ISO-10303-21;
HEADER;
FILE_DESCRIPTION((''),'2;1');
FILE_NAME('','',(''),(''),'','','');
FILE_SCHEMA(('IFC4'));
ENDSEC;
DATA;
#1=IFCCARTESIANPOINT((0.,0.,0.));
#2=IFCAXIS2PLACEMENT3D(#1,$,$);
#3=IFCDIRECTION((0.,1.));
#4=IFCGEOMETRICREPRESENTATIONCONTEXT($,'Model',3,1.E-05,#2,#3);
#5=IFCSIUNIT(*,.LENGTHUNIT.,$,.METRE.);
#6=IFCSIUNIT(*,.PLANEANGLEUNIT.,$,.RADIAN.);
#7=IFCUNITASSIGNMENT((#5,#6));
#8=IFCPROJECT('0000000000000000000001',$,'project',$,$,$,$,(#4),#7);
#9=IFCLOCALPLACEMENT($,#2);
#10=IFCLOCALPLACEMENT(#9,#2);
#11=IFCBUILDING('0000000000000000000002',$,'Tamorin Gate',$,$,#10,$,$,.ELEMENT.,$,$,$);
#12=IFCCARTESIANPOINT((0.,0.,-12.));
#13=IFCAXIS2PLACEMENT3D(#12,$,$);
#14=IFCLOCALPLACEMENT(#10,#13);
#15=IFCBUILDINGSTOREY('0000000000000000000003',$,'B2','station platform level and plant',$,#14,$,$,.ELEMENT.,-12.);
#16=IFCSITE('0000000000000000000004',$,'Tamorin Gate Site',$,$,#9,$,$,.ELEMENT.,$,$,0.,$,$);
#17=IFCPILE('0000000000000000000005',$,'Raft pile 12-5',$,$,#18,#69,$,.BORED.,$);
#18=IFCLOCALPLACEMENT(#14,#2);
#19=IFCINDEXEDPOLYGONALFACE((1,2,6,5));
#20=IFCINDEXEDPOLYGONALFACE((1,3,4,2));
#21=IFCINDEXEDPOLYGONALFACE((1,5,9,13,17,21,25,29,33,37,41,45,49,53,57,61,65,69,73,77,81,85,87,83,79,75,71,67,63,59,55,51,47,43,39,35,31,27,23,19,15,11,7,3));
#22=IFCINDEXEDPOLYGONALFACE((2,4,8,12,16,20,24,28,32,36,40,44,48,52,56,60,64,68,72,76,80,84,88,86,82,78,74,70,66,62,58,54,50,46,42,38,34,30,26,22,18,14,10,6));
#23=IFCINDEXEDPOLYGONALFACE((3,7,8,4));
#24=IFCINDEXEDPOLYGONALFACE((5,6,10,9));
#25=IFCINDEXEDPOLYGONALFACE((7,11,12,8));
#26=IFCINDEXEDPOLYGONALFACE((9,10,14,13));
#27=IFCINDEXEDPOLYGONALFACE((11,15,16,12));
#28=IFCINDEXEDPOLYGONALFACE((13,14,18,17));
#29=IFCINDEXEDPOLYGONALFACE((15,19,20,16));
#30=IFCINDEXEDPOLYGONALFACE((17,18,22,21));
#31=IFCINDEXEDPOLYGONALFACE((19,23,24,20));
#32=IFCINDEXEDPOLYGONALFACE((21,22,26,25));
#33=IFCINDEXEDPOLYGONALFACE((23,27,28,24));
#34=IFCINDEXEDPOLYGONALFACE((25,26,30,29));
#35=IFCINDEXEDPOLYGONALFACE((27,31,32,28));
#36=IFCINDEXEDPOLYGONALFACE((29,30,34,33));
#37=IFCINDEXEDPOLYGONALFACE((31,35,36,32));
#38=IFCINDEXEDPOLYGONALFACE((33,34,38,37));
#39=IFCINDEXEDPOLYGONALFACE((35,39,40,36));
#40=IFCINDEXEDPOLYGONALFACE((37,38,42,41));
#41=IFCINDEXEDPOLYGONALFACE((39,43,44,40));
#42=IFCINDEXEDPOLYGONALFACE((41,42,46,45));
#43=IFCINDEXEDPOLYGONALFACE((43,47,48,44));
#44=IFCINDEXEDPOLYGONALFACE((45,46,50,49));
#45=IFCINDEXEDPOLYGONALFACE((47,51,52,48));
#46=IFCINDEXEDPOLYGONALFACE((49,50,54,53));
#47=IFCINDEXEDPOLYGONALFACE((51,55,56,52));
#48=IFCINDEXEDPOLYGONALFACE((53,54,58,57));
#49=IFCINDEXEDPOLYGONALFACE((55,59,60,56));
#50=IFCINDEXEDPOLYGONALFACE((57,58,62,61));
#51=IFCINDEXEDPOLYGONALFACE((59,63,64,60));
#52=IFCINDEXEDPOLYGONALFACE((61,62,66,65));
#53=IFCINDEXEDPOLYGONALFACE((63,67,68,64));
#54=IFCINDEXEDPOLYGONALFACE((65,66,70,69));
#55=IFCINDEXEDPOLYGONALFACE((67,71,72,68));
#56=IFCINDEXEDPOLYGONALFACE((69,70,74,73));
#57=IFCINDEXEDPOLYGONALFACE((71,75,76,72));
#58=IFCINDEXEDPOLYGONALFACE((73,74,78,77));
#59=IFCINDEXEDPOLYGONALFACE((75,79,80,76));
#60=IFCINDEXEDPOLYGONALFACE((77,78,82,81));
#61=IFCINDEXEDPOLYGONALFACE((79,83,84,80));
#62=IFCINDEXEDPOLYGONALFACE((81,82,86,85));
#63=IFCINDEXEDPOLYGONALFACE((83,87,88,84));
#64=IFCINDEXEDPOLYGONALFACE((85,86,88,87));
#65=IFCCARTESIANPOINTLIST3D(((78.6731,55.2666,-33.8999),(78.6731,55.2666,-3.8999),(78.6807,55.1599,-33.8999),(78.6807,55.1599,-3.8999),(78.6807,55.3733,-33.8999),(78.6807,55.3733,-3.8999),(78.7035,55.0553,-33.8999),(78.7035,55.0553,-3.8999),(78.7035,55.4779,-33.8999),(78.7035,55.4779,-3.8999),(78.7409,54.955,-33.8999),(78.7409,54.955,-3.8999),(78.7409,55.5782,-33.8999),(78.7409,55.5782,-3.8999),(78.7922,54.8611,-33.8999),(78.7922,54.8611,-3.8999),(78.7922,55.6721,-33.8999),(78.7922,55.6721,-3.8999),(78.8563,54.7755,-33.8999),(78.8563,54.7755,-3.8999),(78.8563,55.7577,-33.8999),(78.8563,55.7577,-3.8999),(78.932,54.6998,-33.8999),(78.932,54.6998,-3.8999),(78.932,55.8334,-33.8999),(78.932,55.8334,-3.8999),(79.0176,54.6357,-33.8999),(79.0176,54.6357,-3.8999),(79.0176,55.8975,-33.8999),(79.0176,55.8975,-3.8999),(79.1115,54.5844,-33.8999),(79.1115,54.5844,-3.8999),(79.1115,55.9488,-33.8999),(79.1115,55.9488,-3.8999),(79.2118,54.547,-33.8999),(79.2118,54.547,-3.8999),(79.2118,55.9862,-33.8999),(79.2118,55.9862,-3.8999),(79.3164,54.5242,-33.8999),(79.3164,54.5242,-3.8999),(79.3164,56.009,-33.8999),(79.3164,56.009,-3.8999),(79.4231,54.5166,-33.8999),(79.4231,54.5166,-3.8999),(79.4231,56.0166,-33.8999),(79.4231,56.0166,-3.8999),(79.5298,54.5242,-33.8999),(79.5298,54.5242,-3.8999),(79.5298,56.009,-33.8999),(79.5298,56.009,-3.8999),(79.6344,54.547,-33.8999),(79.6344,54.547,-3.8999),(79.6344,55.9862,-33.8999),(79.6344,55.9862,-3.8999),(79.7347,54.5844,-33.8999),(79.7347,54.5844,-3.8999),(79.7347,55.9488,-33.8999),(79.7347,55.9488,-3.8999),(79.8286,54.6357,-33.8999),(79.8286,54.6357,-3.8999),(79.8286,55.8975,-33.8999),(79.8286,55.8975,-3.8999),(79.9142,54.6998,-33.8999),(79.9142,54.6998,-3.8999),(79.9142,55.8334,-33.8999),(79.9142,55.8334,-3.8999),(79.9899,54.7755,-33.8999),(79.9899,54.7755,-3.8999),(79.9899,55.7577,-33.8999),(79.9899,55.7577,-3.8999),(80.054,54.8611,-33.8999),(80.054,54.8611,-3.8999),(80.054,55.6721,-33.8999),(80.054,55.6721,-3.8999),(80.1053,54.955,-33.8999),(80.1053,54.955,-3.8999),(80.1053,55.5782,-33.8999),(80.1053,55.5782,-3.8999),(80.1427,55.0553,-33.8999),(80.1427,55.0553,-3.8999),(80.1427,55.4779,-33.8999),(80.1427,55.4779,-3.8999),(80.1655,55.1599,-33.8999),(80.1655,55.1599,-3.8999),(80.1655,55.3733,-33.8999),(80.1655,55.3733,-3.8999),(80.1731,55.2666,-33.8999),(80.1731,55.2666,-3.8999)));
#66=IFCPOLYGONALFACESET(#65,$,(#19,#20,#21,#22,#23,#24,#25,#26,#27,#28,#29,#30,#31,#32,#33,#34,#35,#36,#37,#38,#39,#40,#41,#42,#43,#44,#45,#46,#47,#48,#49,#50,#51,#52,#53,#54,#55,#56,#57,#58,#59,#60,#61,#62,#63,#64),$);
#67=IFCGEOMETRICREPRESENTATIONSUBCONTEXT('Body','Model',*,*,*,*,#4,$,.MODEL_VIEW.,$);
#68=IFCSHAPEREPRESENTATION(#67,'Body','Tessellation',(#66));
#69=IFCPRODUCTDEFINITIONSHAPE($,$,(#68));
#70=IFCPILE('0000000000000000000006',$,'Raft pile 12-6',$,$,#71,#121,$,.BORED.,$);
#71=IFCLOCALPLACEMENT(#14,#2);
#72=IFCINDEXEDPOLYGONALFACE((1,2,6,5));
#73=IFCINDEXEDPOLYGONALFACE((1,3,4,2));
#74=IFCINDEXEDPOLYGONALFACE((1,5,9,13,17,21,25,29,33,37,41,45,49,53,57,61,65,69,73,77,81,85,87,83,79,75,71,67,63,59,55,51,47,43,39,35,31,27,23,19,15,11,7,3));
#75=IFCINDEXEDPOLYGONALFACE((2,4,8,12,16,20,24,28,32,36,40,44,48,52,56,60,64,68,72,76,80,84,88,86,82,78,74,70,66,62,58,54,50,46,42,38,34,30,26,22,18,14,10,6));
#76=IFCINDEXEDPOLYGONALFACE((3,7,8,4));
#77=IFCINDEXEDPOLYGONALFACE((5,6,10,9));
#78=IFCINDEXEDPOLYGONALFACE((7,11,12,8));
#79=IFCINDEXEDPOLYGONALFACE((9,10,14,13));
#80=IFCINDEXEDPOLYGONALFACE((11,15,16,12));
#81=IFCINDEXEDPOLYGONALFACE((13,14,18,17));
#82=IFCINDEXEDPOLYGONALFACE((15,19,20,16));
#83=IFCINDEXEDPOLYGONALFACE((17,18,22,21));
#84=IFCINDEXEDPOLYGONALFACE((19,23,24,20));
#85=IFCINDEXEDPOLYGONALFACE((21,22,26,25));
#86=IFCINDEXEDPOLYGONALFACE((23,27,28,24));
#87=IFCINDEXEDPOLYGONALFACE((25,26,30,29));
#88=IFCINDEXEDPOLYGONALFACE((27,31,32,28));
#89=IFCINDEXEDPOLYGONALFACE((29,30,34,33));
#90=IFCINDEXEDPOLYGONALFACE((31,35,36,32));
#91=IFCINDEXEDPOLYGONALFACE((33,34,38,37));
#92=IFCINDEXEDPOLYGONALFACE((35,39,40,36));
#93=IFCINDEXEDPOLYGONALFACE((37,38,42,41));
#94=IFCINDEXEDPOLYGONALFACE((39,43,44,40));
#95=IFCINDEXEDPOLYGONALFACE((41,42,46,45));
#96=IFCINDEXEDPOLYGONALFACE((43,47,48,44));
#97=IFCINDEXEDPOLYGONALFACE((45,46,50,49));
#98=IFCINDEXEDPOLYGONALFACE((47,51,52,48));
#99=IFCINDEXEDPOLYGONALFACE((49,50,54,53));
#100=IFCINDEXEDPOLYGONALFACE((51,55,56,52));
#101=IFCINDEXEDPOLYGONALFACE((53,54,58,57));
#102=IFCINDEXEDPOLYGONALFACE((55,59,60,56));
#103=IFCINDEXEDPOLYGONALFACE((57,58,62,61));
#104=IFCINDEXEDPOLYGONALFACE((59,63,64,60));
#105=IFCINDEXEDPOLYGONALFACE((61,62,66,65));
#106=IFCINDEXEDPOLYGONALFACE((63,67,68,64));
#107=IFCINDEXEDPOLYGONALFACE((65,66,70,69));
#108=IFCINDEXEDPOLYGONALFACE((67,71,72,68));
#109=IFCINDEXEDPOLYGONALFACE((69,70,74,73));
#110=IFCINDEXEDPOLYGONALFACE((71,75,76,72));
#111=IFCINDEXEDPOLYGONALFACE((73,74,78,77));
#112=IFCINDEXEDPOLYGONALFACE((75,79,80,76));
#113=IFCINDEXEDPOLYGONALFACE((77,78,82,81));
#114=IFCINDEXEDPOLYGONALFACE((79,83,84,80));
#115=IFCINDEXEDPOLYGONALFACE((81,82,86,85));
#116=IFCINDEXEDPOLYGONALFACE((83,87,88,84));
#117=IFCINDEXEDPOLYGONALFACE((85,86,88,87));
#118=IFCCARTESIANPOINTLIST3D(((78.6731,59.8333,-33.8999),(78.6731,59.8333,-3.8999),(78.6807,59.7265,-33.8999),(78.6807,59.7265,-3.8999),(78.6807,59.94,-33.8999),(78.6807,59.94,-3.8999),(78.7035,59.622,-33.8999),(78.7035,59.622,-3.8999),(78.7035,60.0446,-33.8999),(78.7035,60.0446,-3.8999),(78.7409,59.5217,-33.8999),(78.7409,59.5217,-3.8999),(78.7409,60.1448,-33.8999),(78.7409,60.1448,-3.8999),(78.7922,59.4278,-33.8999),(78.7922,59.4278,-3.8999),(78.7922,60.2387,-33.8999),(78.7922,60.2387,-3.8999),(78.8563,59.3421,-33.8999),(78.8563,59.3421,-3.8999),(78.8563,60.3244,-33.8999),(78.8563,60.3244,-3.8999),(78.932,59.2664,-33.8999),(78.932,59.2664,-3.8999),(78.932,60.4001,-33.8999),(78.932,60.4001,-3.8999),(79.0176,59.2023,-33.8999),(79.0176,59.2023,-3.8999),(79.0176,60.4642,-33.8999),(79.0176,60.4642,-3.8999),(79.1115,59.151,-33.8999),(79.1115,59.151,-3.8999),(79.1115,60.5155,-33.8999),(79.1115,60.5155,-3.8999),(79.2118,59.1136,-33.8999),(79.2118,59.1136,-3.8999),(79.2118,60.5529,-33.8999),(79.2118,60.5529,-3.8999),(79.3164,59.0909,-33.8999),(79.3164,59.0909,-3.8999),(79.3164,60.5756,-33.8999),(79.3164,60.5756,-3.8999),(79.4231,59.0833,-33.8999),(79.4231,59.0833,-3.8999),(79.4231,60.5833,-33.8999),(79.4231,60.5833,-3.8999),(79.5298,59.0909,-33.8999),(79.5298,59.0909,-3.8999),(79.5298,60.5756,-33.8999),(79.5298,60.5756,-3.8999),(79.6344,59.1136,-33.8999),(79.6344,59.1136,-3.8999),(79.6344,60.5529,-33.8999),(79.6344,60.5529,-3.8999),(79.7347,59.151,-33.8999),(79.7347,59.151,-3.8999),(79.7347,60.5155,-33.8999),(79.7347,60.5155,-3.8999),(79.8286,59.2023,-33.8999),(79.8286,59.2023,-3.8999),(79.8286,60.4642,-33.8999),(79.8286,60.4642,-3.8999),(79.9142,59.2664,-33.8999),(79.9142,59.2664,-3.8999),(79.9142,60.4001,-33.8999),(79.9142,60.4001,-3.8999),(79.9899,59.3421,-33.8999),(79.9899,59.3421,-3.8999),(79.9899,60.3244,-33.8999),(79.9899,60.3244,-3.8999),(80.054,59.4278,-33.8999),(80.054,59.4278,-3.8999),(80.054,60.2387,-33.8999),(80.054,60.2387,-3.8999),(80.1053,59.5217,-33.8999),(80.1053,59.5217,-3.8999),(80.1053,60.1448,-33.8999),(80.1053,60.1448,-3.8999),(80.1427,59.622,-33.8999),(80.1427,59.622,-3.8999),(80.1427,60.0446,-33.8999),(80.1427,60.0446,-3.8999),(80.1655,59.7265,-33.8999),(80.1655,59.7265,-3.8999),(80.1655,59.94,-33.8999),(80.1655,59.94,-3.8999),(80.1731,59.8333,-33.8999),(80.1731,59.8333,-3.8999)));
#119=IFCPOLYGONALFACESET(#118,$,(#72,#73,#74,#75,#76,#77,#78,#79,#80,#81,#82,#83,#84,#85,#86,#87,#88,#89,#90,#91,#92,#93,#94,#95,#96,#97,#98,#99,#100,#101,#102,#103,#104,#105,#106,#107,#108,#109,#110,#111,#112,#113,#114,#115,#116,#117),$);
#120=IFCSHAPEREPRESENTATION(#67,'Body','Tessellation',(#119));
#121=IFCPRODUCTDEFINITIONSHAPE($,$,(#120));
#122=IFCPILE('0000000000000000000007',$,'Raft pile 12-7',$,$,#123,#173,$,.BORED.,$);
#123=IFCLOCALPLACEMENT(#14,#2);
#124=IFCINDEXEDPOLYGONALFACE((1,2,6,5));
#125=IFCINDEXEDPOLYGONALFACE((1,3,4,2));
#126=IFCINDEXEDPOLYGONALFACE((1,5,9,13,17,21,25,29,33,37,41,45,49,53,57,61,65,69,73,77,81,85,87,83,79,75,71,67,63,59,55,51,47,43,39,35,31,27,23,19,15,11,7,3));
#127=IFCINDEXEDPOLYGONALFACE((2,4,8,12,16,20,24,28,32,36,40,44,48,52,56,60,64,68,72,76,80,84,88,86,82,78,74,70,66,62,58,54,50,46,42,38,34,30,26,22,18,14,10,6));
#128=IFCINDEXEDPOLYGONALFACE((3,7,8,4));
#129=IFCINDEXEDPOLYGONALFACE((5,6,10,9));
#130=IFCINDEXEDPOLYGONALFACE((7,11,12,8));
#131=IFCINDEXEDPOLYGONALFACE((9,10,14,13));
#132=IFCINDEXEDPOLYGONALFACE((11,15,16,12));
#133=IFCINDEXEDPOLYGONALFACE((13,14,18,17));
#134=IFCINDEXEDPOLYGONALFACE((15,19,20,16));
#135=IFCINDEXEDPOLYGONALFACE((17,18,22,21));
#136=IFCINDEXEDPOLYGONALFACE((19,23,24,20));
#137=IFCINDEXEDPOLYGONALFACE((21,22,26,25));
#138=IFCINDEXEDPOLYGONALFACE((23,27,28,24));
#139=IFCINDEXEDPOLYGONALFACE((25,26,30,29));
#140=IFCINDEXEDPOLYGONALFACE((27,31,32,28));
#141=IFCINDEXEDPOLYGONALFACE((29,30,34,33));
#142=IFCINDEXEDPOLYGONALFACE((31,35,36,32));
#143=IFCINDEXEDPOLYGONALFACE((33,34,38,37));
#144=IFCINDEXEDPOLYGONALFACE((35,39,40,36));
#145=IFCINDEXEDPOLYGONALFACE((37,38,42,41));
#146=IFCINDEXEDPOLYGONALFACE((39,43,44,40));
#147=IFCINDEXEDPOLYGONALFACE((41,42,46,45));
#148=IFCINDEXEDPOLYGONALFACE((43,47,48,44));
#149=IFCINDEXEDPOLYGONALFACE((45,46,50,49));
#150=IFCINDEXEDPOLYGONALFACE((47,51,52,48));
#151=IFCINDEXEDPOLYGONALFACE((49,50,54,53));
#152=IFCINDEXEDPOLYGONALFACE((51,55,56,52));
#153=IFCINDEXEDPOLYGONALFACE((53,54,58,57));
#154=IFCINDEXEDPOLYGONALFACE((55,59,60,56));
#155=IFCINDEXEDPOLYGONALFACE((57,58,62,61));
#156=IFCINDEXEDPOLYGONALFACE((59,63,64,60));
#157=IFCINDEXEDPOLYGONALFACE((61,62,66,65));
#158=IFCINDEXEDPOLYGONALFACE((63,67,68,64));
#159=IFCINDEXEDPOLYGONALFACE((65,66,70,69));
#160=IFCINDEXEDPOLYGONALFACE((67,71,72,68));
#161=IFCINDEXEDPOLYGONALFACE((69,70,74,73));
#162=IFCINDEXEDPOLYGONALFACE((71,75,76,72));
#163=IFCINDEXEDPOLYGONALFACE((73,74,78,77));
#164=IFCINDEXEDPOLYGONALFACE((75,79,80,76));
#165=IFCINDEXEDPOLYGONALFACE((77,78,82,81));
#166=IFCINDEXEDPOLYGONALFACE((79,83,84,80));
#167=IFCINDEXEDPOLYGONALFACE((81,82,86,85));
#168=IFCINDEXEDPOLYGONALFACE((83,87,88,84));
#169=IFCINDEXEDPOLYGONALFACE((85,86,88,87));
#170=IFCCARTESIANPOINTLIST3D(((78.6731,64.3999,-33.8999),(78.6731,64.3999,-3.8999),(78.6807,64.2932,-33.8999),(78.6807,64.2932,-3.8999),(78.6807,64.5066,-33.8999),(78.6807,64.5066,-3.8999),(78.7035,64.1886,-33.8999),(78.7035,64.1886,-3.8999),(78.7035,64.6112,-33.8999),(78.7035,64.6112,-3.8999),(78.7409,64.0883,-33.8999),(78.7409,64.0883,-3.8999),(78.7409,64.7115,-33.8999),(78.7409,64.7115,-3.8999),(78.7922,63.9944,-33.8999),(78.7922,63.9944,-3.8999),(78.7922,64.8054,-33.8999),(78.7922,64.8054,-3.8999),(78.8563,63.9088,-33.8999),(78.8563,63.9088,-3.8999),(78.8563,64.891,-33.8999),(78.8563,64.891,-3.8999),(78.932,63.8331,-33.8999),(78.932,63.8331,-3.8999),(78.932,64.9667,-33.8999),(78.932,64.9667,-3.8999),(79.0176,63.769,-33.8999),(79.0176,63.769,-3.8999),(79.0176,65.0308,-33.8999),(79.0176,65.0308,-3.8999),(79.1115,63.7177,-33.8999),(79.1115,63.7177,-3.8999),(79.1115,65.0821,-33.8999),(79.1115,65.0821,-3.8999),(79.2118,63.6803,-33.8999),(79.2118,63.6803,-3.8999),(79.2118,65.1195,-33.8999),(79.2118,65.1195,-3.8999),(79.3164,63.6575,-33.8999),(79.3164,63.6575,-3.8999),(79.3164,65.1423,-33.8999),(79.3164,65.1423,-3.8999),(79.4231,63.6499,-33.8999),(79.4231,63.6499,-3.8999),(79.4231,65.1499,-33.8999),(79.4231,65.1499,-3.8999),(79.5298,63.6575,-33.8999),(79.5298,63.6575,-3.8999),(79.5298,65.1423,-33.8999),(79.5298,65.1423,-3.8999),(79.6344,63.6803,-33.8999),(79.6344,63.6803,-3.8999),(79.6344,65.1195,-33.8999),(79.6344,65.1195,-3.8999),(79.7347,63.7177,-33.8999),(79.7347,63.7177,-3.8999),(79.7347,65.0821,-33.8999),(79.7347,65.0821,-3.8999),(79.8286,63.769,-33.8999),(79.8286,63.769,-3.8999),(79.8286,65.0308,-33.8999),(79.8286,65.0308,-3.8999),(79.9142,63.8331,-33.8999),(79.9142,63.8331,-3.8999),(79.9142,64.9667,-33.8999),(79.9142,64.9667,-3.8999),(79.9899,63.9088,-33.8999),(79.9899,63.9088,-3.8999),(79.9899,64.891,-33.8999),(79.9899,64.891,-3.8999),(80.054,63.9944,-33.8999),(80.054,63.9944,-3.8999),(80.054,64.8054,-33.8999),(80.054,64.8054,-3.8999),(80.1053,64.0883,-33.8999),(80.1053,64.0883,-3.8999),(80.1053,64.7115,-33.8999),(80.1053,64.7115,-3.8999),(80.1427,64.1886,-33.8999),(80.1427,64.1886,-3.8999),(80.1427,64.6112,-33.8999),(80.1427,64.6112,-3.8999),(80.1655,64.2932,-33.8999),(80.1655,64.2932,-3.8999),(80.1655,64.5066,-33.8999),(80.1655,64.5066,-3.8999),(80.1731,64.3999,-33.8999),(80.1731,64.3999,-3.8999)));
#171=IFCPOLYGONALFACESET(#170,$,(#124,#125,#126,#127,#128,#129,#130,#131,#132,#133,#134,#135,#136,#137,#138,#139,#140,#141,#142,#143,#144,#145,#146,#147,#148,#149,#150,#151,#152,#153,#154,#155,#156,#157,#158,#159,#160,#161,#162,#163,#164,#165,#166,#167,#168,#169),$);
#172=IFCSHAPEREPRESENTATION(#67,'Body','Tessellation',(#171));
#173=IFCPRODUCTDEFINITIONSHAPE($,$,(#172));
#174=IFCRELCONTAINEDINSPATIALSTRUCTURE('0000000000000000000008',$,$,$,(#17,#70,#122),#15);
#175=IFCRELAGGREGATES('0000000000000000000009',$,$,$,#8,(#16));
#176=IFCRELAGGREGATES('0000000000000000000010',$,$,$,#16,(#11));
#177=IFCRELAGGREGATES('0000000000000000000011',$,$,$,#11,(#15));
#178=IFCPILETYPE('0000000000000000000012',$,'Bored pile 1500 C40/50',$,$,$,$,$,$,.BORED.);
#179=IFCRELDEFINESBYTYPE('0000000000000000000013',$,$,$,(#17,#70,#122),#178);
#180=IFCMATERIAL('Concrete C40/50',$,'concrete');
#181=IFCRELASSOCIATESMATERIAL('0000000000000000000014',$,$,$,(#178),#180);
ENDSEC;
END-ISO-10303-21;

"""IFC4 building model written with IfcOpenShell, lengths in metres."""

from ifc_helpers import new_model, si_unit, direction, frame, origin, origin_2d, place, context, subcontext, project, spatial, circle, extrude, material, material_profile, profile_set, type_object, element, save


model = new_model("IFC4")

# Units and contexts
model_context = context("Model", 3, precision=1e-05, world=origin(), true_north=direction((0.0, 1.0)))
body_context = subcontext(model_context, "Body", "Model", "MODEL_VIEW")
ifc_project = project(units=[si_unit("LENGTHUNIT", "METRE"), si_unit("PLANEANGLEUNIT", "RADIAN")], contexts=[model_context])

# Site, building, storey
site_placement = place(None, origin())
site = spatial("IfcSite", under=ifc_project, at=site_placement, Name="Tamorin Gate Site", CompositionType="ELEMENT", RefElevation=0.0)
building_placement = place(site_placement, origin())
building = spatial("IfcBuilding", under=site, at=building_placement, Name="Tamorin Gate", CompositionType="ELEMENT")
storey_placement = place(building_placement, frame((0.0, 0.0, -12.0)))
storey = spatial("IfcBuildingStorey", under=building, at=storey_placement, Name="B2", Description="station platform level and plant", CompositionType="ELEMENT", Elevation=-12.0)

# Piles
ifc_material_1 = material(Name="Concrete C40/50", Category="concrete")
ifc_material_profile_1 = material_profile(ifc_material_1, circle(Radius=0.75, at=origin_2d()))
ifc_profile_set_1 = profile_set([ifc_material_profile_1], Name="Concrete C40/50")
pile_type = type_object("IfcPileType", Name="Bored pile 1500 C40/50", PredefinedType="BORED", material=ifc_profile_set_1)
for number, where, z_axis, x_axis, name in (
    (1, (79.4231, 55.2666, -3.8999), (0.0, 0.0, -1.0), (1.0, 0.0, 0.0), "Raft pile 12-5"),
    (2, (79.4231, 59.8333, -3.8999), (0.0, 0.0, -1.0), (1.0, 0.0, 0.0), "Raft pile 12-6"),
    (3, (79.4231, 64.3999, -3.8999), (0.0, 0.0, -1.0), (1.0, 0.0, 0.0), "Raft pile 12-7"),
):
    element("IfcPile", number, at=place(storey_placement, frame(where, z_axis=z_axis, x_axis=x_axis)), inside=storey, type_object=pile_type, Name=name, PredefinedType="BORED", context=body_context, shape_type="SweptSolid", body=[
        extrude(circle(Radius=0.75, at=origin_2d()), origin(), (0.0, 0.0, 1.0), 30.0),
    ])

save(model, "model.ifc")
